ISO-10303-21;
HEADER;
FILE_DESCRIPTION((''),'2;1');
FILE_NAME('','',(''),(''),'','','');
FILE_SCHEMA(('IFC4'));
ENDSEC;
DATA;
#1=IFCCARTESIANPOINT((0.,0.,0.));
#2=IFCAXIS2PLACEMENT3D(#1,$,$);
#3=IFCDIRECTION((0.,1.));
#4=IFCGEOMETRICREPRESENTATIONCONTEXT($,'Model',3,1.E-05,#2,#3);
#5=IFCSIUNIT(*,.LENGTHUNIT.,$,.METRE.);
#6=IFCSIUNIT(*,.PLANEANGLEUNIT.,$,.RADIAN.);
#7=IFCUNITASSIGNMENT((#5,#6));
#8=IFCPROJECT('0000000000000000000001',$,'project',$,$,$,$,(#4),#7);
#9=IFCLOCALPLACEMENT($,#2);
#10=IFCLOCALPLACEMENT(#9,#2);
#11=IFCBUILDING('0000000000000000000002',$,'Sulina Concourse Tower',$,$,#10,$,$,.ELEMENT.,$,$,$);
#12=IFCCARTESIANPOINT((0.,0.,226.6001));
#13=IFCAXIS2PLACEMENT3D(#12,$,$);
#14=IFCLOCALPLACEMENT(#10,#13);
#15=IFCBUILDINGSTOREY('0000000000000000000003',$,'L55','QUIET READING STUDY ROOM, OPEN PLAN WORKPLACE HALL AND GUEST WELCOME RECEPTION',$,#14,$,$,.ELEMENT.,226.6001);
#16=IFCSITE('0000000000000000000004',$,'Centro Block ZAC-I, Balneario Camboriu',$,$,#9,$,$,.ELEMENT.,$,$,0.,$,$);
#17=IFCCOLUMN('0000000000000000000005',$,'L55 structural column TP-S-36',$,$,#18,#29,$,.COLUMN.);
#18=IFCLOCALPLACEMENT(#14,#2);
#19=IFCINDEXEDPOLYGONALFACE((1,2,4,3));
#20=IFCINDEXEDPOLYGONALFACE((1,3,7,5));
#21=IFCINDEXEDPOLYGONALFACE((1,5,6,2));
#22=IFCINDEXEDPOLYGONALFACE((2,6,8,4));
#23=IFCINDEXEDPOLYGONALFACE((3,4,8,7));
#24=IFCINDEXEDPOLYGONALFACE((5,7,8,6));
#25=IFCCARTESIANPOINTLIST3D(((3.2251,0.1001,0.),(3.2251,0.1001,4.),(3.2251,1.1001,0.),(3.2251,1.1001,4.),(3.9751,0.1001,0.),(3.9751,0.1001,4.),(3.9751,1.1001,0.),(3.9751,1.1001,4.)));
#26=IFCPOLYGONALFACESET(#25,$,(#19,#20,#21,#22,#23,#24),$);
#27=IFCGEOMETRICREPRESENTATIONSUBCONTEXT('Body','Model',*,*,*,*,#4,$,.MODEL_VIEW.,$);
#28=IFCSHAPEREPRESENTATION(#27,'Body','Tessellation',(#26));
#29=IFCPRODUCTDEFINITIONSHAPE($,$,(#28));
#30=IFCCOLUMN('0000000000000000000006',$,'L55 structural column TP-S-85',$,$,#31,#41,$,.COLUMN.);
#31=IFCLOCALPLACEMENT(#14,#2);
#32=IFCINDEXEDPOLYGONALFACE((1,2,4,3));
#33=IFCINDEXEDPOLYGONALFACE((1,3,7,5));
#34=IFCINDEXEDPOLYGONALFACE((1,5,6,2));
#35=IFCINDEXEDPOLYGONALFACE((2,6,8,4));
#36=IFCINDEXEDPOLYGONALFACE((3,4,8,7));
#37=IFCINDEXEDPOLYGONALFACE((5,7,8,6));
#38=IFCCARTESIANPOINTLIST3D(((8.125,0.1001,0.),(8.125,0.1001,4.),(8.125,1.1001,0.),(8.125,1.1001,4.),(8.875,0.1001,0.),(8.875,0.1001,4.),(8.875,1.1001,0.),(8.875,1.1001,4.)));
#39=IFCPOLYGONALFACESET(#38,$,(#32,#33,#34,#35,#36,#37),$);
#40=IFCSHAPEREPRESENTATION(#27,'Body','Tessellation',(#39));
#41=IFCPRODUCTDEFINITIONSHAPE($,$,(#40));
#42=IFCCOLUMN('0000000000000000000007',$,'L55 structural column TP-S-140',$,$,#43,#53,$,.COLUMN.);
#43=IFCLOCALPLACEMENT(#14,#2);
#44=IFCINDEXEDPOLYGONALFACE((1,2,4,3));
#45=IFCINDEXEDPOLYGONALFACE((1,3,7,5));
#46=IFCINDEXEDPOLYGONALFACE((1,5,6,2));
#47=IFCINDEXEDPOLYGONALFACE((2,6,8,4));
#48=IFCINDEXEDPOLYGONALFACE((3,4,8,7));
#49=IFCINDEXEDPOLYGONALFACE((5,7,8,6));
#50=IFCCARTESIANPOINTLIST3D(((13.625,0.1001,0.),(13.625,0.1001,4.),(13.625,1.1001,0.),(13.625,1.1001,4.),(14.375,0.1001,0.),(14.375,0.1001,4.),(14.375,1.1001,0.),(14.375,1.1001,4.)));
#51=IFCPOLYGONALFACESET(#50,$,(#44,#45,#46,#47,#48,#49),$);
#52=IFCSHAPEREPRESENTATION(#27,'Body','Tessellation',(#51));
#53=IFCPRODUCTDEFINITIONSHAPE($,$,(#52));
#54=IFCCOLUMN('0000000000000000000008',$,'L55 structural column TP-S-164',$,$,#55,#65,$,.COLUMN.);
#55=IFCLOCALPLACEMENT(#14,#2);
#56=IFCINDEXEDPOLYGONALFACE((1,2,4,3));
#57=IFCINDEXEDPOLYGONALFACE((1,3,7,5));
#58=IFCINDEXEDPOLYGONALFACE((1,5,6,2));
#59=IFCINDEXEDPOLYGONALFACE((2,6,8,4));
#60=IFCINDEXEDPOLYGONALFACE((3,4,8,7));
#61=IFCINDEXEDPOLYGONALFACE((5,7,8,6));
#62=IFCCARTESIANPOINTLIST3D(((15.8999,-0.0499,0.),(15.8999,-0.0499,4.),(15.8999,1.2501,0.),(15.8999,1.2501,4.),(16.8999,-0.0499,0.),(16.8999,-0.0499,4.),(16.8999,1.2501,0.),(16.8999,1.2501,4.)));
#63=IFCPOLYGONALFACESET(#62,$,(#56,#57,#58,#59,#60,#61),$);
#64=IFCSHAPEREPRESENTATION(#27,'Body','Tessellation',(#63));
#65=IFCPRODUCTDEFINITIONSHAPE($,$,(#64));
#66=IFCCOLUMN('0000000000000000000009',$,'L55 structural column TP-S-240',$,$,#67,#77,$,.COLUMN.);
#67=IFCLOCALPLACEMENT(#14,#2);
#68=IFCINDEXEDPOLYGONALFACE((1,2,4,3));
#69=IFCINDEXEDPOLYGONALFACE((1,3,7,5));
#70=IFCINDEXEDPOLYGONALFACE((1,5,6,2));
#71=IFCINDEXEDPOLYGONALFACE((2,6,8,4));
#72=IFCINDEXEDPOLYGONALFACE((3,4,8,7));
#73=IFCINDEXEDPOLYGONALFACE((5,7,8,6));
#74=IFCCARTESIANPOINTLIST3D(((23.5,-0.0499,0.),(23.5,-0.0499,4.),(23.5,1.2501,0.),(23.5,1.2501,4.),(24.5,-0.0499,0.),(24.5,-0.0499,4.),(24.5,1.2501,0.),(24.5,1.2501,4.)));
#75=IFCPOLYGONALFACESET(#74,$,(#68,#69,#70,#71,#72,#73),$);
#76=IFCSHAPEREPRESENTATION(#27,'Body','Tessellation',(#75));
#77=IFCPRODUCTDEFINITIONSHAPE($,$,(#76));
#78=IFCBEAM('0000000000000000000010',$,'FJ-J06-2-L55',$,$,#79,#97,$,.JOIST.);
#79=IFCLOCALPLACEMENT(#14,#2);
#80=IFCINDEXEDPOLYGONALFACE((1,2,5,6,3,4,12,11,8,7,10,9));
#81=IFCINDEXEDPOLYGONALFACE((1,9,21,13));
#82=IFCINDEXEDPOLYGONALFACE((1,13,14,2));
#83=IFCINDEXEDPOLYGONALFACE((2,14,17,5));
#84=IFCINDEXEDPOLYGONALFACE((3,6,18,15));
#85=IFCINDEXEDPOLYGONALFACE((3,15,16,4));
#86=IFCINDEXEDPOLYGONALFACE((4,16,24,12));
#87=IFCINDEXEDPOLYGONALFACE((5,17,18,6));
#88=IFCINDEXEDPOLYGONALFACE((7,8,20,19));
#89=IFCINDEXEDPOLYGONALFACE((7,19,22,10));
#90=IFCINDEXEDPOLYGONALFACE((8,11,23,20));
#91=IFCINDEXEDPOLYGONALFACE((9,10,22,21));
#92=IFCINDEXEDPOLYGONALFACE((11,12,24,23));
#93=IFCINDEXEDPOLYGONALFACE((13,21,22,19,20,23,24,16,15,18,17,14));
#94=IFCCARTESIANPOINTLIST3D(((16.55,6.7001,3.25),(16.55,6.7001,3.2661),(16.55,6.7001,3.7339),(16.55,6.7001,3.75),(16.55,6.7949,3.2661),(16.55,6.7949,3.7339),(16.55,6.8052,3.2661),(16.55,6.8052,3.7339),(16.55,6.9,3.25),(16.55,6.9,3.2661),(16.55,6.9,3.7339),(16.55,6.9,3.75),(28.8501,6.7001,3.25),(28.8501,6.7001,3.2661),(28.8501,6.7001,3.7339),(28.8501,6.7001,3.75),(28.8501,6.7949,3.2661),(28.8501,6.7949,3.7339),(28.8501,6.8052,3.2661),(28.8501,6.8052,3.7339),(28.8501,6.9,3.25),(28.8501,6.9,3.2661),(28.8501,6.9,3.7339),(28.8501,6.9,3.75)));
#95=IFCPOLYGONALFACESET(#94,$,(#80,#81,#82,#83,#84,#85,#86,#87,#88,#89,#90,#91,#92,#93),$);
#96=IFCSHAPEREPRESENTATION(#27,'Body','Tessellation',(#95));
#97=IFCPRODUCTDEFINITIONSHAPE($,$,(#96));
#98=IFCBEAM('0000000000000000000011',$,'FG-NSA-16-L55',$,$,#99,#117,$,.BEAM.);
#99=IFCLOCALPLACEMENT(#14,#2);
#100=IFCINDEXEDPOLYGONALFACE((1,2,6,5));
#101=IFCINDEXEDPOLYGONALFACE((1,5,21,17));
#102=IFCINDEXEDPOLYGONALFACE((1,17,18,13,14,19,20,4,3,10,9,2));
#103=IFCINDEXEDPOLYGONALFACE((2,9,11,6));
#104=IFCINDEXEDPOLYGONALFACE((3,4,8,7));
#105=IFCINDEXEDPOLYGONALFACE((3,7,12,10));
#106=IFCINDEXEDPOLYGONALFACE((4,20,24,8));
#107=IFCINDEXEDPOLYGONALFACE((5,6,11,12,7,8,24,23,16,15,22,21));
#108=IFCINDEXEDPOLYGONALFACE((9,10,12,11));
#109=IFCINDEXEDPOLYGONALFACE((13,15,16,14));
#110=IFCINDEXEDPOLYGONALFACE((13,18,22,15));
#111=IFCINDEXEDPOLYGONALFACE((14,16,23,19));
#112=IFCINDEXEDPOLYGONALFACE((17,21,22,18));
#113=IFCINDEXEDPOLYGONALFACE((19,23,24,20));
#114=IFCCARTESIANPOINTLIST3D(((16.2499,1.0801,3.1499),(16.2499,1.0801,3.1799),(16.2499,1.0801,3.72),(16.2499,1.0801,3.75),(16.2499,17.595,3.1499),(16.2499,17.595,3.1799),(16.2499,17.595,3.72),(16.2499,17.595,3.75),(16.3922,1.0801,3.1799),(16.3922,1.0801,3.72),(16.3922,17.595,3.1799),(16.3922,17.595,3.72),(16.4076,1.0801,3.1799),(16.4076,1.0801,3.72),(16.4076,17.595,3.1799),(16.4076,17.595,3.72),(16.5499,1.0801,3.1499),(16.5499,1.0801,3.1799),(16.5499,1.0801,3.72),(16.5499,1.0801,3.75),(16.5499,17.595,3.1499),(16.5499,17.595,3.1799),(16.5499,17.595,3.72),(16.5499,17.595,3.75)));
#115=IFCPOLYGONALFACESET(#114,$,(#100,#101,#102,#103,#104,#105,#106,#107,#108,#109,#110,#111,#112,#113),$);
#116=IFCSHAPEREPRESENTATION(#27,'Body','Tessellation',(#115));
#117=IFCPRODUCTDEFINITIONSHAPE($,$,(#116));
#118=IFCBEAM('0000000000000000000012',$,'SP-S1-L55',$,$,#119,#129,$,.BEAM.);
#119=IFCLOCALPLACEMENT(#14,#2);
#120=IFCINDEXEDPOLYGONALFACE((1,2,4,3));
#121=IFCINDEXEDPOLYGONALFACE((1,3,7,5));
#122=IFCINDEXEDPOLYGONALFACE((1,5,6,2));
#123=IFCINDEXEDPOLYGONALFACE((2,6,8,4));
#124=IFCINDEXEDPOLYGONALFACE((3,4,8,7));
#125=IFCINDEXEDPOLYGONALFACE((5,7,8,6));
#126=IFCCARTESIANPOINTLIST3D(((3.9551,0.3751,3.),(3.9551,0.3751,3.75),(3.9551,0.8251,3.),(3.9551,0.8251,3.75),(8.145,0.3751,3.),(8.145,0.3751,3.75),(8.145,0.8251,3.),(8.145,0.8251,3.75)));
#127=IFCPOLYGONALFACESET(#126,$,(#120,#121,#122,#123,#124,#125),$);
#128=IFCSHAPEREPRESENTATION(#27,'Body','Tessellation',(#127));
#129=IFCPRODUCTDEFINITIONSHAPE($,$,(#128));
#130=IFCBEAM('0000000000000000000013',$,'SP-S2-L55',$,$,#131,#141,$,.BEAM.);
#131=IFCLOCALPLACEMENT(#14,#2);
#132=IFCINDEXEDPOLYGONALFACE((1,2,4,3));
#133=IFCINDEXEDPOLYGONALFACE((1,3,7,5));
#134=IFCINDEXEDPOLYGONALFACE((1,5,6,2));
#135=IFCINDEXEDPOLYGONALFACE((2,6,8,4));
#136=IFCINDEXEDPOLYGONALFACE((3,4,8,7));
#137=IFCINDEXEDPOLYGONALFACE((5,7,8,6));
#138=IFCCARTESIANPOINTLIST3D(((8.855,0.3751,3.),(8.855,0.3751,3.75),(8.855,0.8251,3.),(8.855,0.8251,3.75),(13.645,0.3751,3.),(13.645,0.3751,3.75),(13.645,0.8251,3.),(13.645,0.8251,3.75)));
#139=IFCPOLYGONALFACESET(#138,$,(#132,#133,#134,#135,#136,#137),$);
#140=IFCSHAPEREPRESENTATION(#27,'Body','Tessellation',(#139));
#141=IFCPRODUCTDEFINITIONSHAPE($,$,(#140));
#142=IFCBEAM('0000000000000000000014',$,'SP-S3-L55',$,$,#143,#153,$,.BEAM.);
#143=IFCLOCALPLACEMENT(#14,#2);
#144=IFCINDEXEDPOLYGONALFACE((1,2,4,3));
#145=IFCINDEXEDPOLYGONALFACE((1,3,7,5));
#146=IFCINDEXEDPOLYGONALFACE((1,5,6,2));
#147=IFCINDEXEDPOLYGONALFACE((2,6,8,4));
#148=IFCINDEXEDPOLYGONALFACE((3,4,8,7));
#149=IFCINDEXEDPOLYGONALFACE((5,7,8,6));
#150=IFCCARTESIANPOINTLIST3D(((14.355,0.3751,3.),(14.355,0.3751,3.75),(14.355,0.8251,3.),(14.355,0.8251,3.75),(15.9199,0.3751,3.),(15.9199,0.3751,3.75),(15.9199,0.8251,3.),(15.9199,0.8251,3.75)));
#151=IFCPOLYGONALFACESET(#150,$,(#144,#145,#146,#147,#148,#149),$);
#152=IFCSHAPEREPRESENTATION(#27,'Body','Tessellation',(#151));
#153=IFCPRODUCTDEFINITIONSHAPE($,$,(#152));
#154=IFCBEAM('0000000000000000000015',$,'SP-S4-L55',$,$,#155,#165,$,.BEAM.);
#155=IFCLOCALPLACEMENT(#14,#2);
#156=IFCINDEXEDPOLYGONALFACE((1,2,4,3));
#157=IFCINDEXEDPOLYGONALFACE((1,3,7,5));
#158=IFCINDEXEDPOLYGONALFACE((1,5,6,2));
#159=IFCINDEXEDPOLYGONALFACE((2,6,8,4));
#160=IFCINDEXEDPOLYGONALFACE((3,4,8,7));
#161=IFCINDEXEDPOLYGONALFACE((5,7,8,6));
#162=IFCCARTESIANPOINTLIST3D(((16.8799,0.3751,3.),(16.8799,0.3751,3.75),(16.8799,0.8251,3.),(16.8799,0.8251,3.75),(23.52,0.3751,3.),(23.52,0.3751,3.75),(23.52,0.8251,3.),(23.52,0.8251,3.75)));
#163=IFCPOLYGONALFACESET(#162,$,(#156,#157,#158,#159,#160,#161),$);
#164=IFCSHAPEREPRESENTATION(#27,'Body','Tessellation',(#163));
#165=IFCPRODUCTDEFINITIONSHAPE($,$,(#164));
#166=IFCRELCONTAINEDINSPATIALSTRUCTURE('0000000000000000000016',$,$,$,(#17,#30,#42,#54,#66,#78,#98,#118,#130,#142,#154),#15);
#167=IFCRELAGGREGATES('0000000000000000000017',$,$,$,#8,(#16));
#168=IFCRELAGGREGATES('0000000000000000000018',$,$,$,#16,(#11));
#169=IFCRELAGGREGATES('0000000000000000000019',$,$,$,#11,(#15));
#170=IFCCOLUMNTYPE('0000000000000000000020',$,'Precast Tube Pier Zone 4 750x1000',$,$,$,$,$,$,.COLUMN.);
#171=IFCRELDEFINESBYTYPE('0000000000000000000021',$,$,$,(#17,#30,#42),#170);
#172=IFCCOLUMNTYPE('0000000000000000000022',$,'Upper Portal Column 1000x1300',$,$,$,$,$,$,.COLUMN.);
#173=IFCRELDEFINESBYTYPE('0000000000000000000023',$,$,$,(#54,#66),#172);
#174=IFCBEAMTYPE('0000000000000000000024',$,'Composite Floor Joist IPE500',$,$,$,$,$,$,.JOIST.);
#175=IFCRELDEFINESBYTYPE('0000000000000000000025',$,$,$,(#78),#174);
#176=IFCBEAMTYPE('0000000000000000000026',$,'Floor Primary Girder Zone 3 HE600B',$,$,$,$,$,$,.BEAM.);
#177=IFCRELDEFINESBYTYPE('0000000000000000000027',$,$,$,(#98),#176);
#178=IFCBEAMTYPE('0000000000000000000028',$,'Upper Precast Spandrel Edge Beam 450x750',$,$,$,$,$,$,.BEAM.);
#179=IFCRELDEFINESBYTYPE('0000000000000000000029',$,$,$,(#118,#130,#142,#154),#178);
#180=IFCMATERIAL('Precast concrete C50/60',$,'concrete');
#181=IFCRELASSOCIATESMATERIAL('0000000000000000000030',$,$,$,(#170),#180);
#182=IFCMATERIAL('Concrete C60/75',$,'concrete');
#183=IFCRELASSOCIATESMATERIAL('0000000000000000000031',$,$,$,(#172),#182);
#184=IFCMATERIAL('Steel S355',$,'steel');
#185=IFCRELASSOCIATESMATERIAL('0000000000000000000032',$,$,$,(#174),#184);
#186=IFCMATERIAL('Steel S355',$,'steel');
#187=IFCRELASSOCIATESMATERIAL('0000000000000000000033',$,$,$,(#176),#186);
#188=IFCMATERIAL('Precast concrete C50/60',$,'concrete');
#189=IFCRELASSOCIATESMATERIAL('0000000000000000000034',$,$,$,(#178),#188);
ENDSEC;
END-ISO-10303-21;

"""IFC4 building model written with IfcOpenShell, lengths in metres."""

from ifc_helpers import new_model, si_unit, direction, frame, origin, origin_2d, place, context, subcontext, project, spatial, rectangle, i_section, extrude, material, material_profile, profile_set, type_object, element, save


model = new_model("IFC4")

# Units and contexts
model_context = context("Model", 3, precision=1e-05, world=origin(), true_north=direction((0.0, 1.0)))
body_context = subcontext(model_context, "Body", "Model", "MODEL_VIEW")
ifc_project = project(units=[si_unit("LENGTHUNIT", "METRE"), si_unit("PLANEANGLEUNIT", "RADIAN")], contexts=[model_context])

# Site, building, storey
site_placement = place(None, origin())
site = spatial("IfcSite", under=ifc_project, at=site_placement, Name="Centro Block ZAC-I, Balneario Camboriu", CompositionType="ELEMENT", RefElevation=0.0)
building_placement = place(site_placement, origin())
building = spatial("IfcBuilding", under=site, at=building_placement, Name="Sulina Concourse Tower", CompositionType="ELEMENT")
storey_placement = place(building_placement, frame((0.0, 0.0, 226.6001)))
storey = spatial("IfcBuildingStorey", under=building, at=storey_placement, Name="L55", Description="QUIET READING STUDY ROOM, OPEN PLAN WORKPLACE HALL AND GUEST WELCOME RECEPTION", CompositionType="ELEMENT", Elevation=226.6001)

# Columns
ifc_material_1 = material(Name="Precast concrete C50/60", Category="concrete")
ifc_material_profile_1 = material_profile(ifc_material_1, rectangle(XDim=0.75, YDim=1.0, at=origin_2d()), Name="PC 750x1000")
ifc_profile_set_1 = profile_set([ifc_material_profile_1], Name="Precast concrete C50/60")
column_type_1 = type_object("IfcColumnType", Name="Precast Tube Pier Zone 4 750x1000", PredefinedType="COLUMN", material=ifc_profile_set_1)
for number, where, z_axis, x_axis, name in (
    (1, (3.6001, 0.6001, 0.0), (0.0, 0.0, 1.0), (1.0, 0.0, 0.0), "L55 structural column TP-S-36"),
    (2, (8.5, 0.6001, 0.0), (0.0, 0.0, 1.0), (1.0, 0.0, 0.0), "L55 structural column TP-S-85"),
    (3, (14.0, 0.6001, 0.0), (0.0, 0.0, 1.0), (1.0, 0.0, 0.0), "L55 structural column TP-S-140"),
):
    element("IfcColumn", number, at=place(storey_placement, frame(where, z_axis=z_axis, x_axis=x_axis)), inside=storey, type_object=column_type_1, Name=name, PredefinedType="COLUMN", context=body_context, shape_type="SweptSolid", body=[
        extrude(rectangle(XDim=0.75, YDim=1.0, at=origin_2d()), origin(), (0.0, 0.0, 1.0), 4.0),
    ])
ifc_material_2 = material(Name="Concrete C60/75", Category="concrete")
ifc_material_profile_2 = material_profile(ifc_material_2, rectangle(XDim=1.0, YDim=1.3, at=origin_2d()), Name="RC 1000x1300")
ifc_profile_set_2 = profile_set([ifc_material_profile_2], Name="Concrete C60/75")
column_type_2 = type_object("IfcColumnType", Name="Upper Portal Column 1000x1300", PredefinedType="COLUMN", material=ifc_profile_set_2)
for number, where, z_axis, x_axis, name in (
    (4, (16.3999, 0.6001, 0.0), (0.0, 0.0, 1.0), (1.0, 0.0, 0.0), "L55 structural column TP-S-164"),
    (5, (24.0, 0.6001, 0.0), (0.0, 0.0, 1.0), (1.0, 0.0, 0.0), "L55 structural column TP-S-240"),
):
    element("IfcColumn", number, at=place(storey_placement, frame(where, z_axis=z_axis, x_axis=x_axis)), inside=storey, type_object=column_type_2, Name=name, PredefinedType="COLUMN", context=body_context, shape_type="SweptSolid", body=[
        extrude(rectangle(XDim=1.0, YDim=1.3, at=origin_2d()), origin(), (0.0, 0.0, 1.0), 4.0),
    ])

# Beams
ifc_material_3 = material(Name="Steel S355", Category="steel")
ifc_material_profile_3 = material_profile(ifc_material_3, i_section(OverallWidth=0.2, OverallDepth=0.5, WebThickness=0.0103, FlangeThickness=0.0161, at=origin_2d()), Name="IPE 500")
ifc_profile_set_3 = profile_set([ifc_material_profile_3], Name="Steel S355")
beam_type_1 = type_object("IfcBeamType", Name="Composite Floor Joist IPE500", PredefinedType="JOIST", material=ifc_profile_set_3)
beam_1_placement = place(storey_placement, frame((16.55, 6.8, 3.5), z_axis=(1.0, 0.0, 0.0), x_axis=(0.0, 1.0, 0.0)))
element("IfcBeam", 6, at=beam_1_placement, inside=storey, type_object=beam_type_1, Name="FJ-J06-2-L55", PredefinedType="JOIST", context=body_context, shape_type="SweptSolid", body=[
    extrude(i_section(OverallWidth=0.2, OverallDepth=0.5, WebThickness=0.0103, FlangeThickness=0.0161, at=origin_2d()), origin(), (0.0, 0.0, 1.0), 12.3),
])
ifc_material_4 = material(Name="Steel S355", Category="steel")
ifc_material_profile_4 = material_profile(ifc_material_4, i_section(OverallWidth=0.3, OverallDepth=0.6001, WebThickness=0.0154, FlangeThickness=0.03, at=origin_2d()), Name="HE 600 B")
ifc_profile_set_4 = profile_set([ifc_material_profile_4], Name="Steel S355")
beam_type_2 = type_object("IfcBeamType", Name="Floor Primary Girder Zone 3 HE600B", PredefinedType="BEAM", material=ifc_profile_set_4)
beam_2_placement = place(storey_placement, frame((16.3999, 1.0801, 3.45), z_axis=(0.0, 1.0, 0.0), x_axis=(-1.0, 0.0, 0.0)))
element("IfcBeam", 7, at=beam_2_placement, inside=storey, type_object=beam_type_2, Name="FG-NSA-16-L55", PredefinedType="BEAM", context=body_context, shape_type="SweptSolid", body=[
    extrude(i_section(OverallWidth=0.3, OverallDepth=0.6001, WebThickness=0.0154, FlangeThickness=0.03, at=origin_2d()), origin(), (0.0, 0.0, 1.0), 16.5149),
])
ifc_material_5 = material(Name="Precast concrete C50/60", Category="concrete")
ifc_material_profile_5 = material_profile(ifc_material_5, rectangle(XDim=0.45, YDim=0.75, at=origin_2d()), Name="RC 450x750")
ifc_profile_set_5 = profile_set([ifc_material_profile_5], Name="Precast concrete C50/60")
beam_type_3 = type_object("IfcBeamType", Name="Upper Precast Spandrel Edge Beam 450x750", PredefinedType="BEAM", material=ifc_profile_set_5)
beam_3_placement = place(storey_placement, frame((3.9551, 0.6001, 3.375), z_axis=(1.0, 0.0, 0.0), x_axis=(0.0, 1.0, 0.0)))
element("IfcBeam", 8, at=beam_3_placement, inside=storey, type_object=beam_type_3, Name="SP-S1-L55", PredefinedType="BEAM", context=body_context, shape_type="SweptSolid", body=[
    extrude(rectangle(XDim=0.45, YDim=0.75, at=origin_2d()), origin(), (0.0, 0.0, 1.0), 4.1899),
])
beam_4_placement = place(storey_placement, frame((8.855, 0.6001, 3.375), z_axis=(1.0, 0.0, 0.0), x_axis=(0.0, 1.0, 0.0)))
element("IfcBeam", 9, at=beam_4_placement, inside=storey, type_object=beam_type_3, Name="SP-S2-L55", PredefinedType="BEAM", context=body_context, shape_type="SweptSolid", body=[
    extrude(rectangle(XDim=0.45, YDim=0.75, at=origin_2d()), origin(), (0.0, 0.0, 1.0), 4.79),
])
beam_5_placement = place(storey_placement, frame((14.355, 0.6001, 3.375), z_axis=(1.0, 0.0, 0.0), x_axis=(0.0, 1.0, 0.0)))
element("IfcBeam", 10, at=beam_5_placement, inside=storey, type_object=beam_type_3, Name="SP-S3-L55", PredefinedType="BEAM", context=body_context, shape_type="SweptSolid", body=[
    extrude(rectangle(XDim=0.45, YDim=0.75, at=origin_2d()), origin(), (0.0, 0.0, 1.0), 1.5649),
])
beam_6_placement = place(storey_placement, frame((16.8799, 0.6001, 3.375), z_axis=(1.0, 0.0, 0.0), x_axis=(0.0, 1.0, 0.0)))
element("IfcBeam", 11, at=beam_6_placement, inside=storey, type_object=beam_type_3, Name="SP-S4-L55", PredefinedType="BEAM", context=body_context, shape_type="SweptSolid", body=[
    extrude(rectangle(XDim=0.45, YDim=0.75, at=origin_2d()), origin(), (0.0, 0.0, 1.0), 6.6401),
])

save(model, "model.ifc")
